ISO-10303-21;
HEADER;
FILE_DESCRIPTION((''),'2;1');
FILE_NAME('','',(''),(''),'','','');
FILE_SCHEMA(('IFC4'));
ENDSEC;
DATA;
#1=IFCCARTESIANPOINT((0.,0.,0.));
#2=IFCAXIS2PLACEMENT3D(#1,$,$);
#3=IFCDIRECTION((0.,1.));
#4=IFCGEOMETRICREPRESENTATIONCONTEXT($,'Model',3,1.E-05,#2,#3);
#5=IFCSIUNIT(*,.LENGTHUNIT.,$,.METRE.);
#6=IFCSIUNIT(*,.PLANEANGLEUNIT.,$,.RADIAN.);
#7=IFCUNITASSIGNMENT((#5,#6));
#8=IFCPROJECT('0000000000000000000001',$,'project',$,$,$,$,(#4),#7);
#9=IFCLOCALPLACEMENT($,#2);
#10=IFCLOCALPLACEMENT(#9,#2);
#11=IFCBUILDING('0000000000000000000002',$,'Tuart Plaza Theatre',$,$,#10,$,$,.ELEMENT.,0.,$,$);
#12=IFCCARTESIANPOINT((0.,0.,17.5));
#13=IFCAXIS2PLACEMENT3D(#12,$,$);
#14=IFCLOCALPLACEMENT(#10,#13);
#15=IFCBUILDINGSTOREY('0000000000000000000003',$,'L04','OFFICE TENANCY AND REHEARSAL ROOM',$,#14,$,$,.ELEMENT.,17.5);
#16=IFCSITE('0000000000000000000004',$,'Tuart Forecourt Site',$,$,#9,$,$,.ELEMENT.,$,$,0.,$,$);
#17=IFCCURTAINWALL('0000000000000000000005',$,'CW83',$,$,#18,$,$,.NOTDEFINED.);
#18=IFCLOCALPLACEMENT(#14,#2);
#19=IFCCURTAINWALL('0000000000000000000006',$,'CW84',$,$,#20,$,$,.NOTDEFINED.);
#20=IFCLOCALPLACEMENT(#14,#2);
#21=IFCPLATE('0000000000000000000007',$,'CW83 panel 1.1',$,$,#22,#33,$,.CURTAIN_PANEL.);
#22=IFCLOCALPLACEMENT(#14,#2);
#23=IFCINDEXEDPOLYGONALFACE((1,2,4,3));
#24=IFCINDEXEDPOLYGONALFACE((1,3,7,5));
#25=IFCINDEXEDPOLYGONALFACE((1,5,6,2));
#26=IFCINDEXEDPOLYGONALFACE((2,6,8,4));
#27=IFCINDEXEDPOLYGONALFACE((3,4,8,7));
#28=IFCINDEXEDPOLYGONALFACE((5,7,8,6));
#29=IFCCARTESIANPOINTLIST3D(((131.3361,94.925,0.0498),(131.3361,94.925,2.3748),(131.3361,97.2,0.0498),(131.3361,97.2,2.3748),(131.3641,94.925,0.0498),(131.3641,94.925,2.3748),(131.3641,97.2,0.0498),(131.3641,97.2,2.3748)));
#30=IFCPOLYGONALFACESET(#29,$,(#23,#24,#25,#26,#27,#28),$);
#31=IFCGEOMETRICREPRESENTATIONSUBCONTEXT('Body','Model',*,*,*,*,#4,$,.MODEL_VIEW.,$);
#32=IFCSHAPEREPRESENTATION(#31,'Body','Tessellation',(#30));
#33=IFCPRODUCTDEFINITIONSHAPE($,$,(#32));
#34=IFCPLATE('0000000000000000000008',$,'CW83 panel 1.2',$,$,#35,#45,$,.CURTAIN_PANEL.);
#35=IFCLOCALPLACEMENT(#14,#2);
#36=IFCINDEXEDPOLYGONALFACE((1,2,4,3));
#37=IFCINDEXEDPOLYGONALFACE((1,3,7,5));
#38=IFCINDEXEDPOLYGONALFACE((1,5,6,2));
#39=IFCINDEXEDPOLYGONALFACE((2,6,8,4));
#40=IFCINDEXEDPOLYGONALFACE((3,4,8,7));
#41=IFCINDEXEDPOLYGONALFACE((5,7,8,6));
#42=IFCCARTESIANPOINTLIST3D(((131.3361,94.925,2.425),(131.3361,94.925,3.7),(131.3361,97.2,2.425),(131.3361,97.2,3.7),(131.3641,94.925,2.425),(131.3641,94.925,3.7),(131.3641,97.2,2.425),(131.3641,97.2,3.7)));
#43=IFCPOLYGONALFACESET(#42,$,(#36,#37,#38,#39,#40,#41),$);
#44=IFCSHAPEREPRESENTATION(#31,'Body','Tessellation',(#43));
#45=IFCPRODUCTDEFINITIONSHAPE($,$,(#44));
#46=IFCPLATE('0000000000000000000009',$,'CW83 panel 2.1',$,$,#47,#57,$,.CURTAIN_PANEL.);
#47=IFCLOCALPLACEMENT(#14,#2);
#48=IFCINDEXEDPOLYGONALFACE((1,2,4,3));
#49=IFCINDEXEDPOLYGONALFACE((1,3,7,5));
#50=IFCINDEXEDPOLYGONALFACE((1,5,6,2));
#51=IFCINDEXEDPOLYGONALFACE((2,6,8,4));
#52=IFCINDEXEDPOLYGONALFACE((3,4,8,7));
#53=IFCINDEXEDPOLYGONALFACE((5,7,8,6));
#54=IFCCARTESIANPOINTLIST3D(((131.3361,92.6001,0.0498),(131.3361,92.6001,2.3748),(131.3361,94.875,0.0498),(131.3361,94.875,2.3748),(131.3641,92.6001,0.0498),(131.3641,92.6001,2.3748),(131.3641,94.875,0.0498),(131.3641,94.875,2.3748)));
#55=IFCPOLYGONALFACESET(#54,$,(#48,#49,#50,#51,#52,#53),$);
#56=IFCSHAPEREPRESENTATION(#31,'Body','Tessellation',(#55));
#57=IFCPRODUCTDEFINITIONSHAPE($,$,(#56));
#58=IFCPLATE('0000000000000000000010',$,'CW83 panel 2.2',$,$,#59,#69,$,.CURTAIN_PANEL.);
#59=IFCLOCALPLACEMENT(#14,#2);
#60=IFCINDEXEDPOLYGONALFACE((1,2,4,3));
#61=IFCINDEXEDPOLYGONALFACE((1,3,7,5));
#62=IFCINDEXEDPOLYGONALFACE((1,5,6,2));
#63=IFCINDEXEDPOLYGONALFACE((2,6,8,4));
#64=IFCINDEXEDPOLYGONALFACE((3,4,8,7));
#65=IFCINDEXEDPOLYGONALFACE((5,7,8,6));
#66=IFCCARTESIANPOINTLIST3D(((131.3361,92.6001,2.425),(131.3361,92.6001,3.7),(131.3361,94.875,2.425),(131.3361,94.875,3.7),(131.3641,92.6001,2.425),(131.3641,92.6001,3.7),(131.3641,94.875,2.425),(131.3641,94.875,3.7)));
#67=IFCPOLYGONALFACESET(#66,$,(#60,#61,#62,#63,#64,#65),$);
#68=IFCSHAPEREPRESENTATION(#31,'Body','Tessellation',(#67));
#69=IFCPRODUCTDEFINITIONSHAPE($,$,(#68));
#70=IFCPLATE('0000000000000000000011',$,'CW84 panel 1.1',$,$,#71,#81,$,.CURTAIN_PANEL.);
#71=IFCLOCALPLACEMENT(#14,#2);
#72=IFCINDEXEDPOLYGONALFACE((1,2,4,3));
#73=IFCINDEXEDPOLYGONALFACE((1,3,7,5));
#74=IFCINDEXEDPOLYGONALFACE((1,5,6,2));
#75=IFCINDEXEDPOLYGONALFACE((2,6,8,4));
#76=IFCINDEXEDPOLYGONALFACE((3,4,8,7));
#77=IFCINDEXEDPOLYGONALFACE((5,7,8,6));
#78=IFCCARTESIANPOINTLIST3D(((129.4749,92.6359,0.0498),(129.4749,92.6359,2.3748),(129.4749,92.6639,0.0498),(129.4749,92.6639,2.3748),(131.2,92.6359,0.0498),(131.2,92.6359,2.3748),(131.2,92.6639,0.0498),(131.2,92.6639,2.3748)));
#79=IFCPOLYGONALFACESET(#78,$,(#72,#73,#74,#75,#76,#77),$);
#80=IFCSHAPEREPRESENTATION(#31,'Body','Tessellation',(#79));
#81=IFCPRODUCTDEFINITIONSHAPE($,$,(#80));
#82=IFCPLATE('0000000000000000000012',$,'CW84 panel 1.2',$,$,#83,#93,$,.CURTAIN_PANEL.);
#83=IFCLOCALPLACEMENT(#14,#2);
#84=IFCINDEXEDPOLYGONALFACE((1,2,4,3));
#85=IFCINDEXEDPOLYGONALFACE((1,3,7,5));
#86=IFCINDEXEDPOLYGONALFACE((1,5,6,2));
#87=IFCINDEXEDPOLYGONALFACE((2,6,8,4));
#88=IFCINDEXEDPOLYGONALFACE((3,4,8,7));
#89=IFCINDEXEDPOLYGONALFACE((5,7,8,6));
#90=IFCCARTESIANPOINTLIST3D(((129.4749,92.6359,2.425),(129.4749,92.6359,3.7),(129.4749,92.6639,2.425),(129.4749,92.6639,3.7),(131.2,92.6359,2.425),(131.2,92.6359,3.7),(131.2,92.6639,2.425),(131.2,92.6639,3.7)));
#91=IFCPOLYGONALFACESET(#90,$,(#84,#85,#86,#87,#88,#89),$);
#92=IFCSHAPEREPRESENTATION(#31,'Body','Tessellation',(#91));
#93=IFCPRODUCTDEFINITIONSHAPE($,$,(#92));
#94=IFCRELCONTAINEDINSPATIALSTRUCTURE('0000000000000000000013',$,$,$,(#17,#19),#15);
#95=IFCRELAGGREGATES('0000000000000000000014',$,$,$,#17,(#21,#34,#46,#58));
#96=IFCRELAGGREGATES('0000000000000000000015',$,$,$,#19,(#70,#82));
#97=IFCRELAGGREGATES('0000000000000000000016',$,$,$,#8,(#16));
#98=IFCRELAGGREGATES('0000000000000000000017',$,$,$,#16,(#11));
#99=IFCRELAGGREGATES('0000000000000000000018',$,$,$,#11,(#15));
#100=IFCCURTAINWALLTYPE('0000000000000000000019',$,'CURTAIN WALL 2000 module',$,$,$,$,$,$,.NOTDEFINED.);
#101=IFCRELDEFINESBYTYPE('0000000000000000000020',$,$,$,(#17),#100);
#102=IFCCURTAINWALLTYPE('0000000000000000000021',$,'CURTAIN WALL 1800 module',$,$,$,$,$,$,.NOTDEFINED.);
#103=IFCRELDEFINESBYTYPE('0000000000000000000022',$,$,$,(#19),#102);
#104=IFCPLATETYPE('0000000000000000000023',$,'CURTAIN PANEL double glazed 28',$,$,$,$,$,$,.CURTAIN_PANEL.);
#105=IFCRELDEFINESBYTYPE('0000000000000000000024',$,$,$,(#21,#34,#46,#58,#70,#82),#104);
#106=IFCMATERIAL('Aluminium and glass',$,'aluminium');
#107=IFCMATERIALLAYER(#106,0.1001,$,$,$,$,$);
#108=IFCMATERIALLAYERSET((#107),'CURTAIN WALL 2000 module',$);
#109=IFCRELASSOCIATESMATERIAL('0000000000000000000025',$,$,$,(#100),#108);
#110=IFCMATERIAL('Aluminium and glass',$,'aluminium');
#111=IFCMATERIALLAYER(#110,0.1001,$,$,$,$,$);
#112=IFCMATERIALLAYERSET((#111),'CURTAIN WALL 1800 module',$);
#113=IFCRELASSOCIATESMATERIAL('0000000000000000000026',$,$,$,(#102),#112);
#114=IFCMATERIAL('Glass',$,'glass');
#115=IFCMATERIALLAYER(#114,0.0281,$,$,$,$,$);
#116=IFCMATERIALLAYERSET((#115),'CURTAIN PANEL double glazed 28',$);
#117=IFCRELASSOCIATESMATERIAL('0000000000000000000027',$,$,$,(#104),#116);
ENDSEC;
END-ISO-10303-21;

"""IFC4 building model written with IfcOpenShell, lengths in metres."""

from ifc_helpers import new_model, si_unit, direction, frame, origin, origin_2d, place, context, subcontext, project, spatial, rectangle, extrude, material, layer, layer_set, type_object, element, aggregate, save


model = new_model("IFC4")

# Units and contexts
model_context = context("Model", 3, precision=1e-05, world=origin(), true_north=direction((0.0, 1.0)))
body_context = subcontext(model_context, "Body", "Model", "MODEL_VIEW")
ifc_project = project(units=[si_unit("LENGTHUNIT", "METRE"), si_unit("PLANEANGLEUNIT", "RADIAN")], contexts=[model_context])

# Site, building, storey
site_placement = place(None, origin())
site = spatial("IfcSite", under=ifc_project, at=site_placement, Name="Tuart Forecourt Site", CompositionType="ELEMENT", RefElevation=0.0)
building_placement = place(site_placement, origin())
building = spatial("IfcBuilding", under=site, at=building_placement, Name="Tuart Plaza Theatre", CompositionType="ELEMENT", ElevationOfRefHeight=0.0)
storey_placement = place(building_placement, frame((0.0, 0.0, 17.5)))
storey = spatial("IfcBuildingStorey", under=building, at=storey_placement, Name="L04", Description="OFFICE TENANCY AND REHEARSAL ROOM", CompositionType="ELEMENT", Elevation=17.5)

# Curtain walls
ifc_material_1 = material(Name="Aluminium and glass", Category="aluminium")
ifc_layer_1 = layer(ifc_material_1, 0.1001)
ifc_layer_set_1 = layer_set([ifc_layer_1], Name="CURTAIN WALL 2000 module")
curtain_wall_type_1 = type_object("IfcCurtainWallType", Name="CURTAIN WALL 2000 module", PredefinedType="NOTDEFINED", material=ifc_layer_set_1)
curtain_wall_1_placement = place(storey_placement, origin())
curtain_wall_1 = element("IfcCurtainWall", 1, at=curtain_wall_1_placement, inside=storey, type_object=curtain_wall_type_1, Name="CW83", PredefinedType="NOTDEFINED")
ifc_material_2 = material(Name="Aluminium and glass", Category="aluminium")
ifc_layer_2 = layer(ifc_material_2, 0.1001)
ifc_layer_set_2 = layer_set([ifc_layer_2], Name="CURTAIN WALL 1800 module")
curtain_wall_type_2 = type_object("IfcCurtainWallType", Name="CURTAIN WALL 1800 module", PredefinedType="NOTDEFINED", material=ifc_layer_set_2)
curtain_wall_2_placement = place(storey_placement, origin())
curtain_wall_2 = element("IfcCurtainWall", 2, at=curtain_wall_2_placement, inside=storey, type_object=curtain_wall_type_2, Name="CW84", PredefinedType="NOTDEFINED")

# Plates
ifc_material_3 = material(Name="Glass", Category="glass")
ifc_layer_3 = layer(ifc_material_3, 0.0281)
ifc_layer_set_3 = layer_set([ifc_layer_3], Name="CURTAIN PANEL double glazed 28")
plate_type = type_object("IfcPlateType", Name="CURTAIN PANEL double glazed 28", PredefinedType="CURTAIN_PANEL", material=ifc_layer_set_3)
plate_1_placement = place(storey_placement, frame((131.3501, 96.0625, 0.0498), z_axis=(0.0, 0.0, 1.0), x_axis=(0.0, -1.0, 0.0)))
plate_1 = element("IfcPlate", 3, at=plate_1_placement, type_object=plate_type, Name="CW83 panel 1.1", PredefinedType="CURTAIN_PANEL", context=body_context, shape_type="SweptSolid", body=[
    extrude(rectangle(XDim=2.2749, YDim=0.0281, at=origin_2d()), origin(), (0.0, 0.0, 1.0), 2.325),
])
plate_2_placement = place(storey_placement, frame((131.3501, 96.0625, 2.425), z_axis=(0.0, 0.0, 1.0), x_axis=(0.0, -1.0, 0.0)))
plate_2 = element("IfcPlate", 4, at=plate_2_placement, type_object=plate_type, Name="CW83 panel 1.2", PredefinedType="CURTAIN_PANEL", context=body_context, shape_type="SweptSolid", body=[
    extrude(rectangle(XDim=2.2749, YDim=0.0281, at=origin_2d()), origin(), (0.0, 0.0, 1.0), 1.2749),
])
plate_3_placement = place(storey_placement, frame((131.3501, 93.7375, 0.0498), z_axis=(0.0, 0.0, 1.0), x_axis=(0.0, -1.0, 0.0)))
plate_3 = element("IfcPlate", 5, at=plate_3_placement, type_object=plate_type, Name="CW83 panel 2.1", PredefinedType="CURTAIN_PANEL", context=body_context, shape_type="SweptSolid", body=[
    extrude(rectangle(XDim=2.2749, YDim=0.0281, at=origin_2d()), origin(), (0.0, 0.0, 1.0), 2.325),
])
plate_4_placement = place(storey_placement, frame((131.3501, 93.7375, 2.425), z_axis=(0.0, 0.0, 1.0), x_axis=(0.0, -1.0, 0.0)))
plate_4 = element("IfcPlate", 6, at=plate_4_placement, type_object=plate_type, Name="CW83 panel 2.2", PredefinedType="CURTAIN_PANEL", context=body_context, shape_type="SweptSolid", body=[
    extrude(rectangle(XDim=2.2749, YDim=0.0281, at=origin_2d()), origin(), (0.0, 0.0, 1.0), 1.2749),
])
aggregate(curtain_wall_1, [plate_1, plate_2, plate_3, plate_4])
plate_5_placement = place(storey_placement, frame((130.3374, 92.6499, 0.0498), z_axis=(0.0, 0.0, 1.0), x_axis=(-1.0, 0.0, 0.0)))
plate_5 = element("IfcPlate", 7, at=plate_5_placement, type_object=plate_type, Name="CW84 panel 1.1", PredefinedType="CURTAIN_PANEL", context=body_context, shape_type="SweptSolid", body=[
    extrude(rectangle(XDim=1.7251, YDim=0.0281, at=origin_2d()), origin(), (0.0, 0.0, 1.0), 2.325),
])
plate_6_placement = place(storey_placement, frame((130.3374, 92.6499, 2.425), z_axis=(0.0, 0.0, 1.0), x_axis=(-1.0, 0.0, 0.0)))
plate_6 = element("IfcPlate", 8, at=plate_6_placement, type_object=plate_type, Name="CW84 panel 1.2", PredefinedType="CURTAIN_PANEL", context=body_context, shape_type="SweptSolid", body=[
    extrude(rectangle(XDim=1.7251, YDim=0.0281, at=origin_2d()), origin(), (0.0, 0.0, 1.0), 1.2749),
])
aggregate(curtain_wall_2, [plate_5, plate_6])

save(model, "model.ifc")
